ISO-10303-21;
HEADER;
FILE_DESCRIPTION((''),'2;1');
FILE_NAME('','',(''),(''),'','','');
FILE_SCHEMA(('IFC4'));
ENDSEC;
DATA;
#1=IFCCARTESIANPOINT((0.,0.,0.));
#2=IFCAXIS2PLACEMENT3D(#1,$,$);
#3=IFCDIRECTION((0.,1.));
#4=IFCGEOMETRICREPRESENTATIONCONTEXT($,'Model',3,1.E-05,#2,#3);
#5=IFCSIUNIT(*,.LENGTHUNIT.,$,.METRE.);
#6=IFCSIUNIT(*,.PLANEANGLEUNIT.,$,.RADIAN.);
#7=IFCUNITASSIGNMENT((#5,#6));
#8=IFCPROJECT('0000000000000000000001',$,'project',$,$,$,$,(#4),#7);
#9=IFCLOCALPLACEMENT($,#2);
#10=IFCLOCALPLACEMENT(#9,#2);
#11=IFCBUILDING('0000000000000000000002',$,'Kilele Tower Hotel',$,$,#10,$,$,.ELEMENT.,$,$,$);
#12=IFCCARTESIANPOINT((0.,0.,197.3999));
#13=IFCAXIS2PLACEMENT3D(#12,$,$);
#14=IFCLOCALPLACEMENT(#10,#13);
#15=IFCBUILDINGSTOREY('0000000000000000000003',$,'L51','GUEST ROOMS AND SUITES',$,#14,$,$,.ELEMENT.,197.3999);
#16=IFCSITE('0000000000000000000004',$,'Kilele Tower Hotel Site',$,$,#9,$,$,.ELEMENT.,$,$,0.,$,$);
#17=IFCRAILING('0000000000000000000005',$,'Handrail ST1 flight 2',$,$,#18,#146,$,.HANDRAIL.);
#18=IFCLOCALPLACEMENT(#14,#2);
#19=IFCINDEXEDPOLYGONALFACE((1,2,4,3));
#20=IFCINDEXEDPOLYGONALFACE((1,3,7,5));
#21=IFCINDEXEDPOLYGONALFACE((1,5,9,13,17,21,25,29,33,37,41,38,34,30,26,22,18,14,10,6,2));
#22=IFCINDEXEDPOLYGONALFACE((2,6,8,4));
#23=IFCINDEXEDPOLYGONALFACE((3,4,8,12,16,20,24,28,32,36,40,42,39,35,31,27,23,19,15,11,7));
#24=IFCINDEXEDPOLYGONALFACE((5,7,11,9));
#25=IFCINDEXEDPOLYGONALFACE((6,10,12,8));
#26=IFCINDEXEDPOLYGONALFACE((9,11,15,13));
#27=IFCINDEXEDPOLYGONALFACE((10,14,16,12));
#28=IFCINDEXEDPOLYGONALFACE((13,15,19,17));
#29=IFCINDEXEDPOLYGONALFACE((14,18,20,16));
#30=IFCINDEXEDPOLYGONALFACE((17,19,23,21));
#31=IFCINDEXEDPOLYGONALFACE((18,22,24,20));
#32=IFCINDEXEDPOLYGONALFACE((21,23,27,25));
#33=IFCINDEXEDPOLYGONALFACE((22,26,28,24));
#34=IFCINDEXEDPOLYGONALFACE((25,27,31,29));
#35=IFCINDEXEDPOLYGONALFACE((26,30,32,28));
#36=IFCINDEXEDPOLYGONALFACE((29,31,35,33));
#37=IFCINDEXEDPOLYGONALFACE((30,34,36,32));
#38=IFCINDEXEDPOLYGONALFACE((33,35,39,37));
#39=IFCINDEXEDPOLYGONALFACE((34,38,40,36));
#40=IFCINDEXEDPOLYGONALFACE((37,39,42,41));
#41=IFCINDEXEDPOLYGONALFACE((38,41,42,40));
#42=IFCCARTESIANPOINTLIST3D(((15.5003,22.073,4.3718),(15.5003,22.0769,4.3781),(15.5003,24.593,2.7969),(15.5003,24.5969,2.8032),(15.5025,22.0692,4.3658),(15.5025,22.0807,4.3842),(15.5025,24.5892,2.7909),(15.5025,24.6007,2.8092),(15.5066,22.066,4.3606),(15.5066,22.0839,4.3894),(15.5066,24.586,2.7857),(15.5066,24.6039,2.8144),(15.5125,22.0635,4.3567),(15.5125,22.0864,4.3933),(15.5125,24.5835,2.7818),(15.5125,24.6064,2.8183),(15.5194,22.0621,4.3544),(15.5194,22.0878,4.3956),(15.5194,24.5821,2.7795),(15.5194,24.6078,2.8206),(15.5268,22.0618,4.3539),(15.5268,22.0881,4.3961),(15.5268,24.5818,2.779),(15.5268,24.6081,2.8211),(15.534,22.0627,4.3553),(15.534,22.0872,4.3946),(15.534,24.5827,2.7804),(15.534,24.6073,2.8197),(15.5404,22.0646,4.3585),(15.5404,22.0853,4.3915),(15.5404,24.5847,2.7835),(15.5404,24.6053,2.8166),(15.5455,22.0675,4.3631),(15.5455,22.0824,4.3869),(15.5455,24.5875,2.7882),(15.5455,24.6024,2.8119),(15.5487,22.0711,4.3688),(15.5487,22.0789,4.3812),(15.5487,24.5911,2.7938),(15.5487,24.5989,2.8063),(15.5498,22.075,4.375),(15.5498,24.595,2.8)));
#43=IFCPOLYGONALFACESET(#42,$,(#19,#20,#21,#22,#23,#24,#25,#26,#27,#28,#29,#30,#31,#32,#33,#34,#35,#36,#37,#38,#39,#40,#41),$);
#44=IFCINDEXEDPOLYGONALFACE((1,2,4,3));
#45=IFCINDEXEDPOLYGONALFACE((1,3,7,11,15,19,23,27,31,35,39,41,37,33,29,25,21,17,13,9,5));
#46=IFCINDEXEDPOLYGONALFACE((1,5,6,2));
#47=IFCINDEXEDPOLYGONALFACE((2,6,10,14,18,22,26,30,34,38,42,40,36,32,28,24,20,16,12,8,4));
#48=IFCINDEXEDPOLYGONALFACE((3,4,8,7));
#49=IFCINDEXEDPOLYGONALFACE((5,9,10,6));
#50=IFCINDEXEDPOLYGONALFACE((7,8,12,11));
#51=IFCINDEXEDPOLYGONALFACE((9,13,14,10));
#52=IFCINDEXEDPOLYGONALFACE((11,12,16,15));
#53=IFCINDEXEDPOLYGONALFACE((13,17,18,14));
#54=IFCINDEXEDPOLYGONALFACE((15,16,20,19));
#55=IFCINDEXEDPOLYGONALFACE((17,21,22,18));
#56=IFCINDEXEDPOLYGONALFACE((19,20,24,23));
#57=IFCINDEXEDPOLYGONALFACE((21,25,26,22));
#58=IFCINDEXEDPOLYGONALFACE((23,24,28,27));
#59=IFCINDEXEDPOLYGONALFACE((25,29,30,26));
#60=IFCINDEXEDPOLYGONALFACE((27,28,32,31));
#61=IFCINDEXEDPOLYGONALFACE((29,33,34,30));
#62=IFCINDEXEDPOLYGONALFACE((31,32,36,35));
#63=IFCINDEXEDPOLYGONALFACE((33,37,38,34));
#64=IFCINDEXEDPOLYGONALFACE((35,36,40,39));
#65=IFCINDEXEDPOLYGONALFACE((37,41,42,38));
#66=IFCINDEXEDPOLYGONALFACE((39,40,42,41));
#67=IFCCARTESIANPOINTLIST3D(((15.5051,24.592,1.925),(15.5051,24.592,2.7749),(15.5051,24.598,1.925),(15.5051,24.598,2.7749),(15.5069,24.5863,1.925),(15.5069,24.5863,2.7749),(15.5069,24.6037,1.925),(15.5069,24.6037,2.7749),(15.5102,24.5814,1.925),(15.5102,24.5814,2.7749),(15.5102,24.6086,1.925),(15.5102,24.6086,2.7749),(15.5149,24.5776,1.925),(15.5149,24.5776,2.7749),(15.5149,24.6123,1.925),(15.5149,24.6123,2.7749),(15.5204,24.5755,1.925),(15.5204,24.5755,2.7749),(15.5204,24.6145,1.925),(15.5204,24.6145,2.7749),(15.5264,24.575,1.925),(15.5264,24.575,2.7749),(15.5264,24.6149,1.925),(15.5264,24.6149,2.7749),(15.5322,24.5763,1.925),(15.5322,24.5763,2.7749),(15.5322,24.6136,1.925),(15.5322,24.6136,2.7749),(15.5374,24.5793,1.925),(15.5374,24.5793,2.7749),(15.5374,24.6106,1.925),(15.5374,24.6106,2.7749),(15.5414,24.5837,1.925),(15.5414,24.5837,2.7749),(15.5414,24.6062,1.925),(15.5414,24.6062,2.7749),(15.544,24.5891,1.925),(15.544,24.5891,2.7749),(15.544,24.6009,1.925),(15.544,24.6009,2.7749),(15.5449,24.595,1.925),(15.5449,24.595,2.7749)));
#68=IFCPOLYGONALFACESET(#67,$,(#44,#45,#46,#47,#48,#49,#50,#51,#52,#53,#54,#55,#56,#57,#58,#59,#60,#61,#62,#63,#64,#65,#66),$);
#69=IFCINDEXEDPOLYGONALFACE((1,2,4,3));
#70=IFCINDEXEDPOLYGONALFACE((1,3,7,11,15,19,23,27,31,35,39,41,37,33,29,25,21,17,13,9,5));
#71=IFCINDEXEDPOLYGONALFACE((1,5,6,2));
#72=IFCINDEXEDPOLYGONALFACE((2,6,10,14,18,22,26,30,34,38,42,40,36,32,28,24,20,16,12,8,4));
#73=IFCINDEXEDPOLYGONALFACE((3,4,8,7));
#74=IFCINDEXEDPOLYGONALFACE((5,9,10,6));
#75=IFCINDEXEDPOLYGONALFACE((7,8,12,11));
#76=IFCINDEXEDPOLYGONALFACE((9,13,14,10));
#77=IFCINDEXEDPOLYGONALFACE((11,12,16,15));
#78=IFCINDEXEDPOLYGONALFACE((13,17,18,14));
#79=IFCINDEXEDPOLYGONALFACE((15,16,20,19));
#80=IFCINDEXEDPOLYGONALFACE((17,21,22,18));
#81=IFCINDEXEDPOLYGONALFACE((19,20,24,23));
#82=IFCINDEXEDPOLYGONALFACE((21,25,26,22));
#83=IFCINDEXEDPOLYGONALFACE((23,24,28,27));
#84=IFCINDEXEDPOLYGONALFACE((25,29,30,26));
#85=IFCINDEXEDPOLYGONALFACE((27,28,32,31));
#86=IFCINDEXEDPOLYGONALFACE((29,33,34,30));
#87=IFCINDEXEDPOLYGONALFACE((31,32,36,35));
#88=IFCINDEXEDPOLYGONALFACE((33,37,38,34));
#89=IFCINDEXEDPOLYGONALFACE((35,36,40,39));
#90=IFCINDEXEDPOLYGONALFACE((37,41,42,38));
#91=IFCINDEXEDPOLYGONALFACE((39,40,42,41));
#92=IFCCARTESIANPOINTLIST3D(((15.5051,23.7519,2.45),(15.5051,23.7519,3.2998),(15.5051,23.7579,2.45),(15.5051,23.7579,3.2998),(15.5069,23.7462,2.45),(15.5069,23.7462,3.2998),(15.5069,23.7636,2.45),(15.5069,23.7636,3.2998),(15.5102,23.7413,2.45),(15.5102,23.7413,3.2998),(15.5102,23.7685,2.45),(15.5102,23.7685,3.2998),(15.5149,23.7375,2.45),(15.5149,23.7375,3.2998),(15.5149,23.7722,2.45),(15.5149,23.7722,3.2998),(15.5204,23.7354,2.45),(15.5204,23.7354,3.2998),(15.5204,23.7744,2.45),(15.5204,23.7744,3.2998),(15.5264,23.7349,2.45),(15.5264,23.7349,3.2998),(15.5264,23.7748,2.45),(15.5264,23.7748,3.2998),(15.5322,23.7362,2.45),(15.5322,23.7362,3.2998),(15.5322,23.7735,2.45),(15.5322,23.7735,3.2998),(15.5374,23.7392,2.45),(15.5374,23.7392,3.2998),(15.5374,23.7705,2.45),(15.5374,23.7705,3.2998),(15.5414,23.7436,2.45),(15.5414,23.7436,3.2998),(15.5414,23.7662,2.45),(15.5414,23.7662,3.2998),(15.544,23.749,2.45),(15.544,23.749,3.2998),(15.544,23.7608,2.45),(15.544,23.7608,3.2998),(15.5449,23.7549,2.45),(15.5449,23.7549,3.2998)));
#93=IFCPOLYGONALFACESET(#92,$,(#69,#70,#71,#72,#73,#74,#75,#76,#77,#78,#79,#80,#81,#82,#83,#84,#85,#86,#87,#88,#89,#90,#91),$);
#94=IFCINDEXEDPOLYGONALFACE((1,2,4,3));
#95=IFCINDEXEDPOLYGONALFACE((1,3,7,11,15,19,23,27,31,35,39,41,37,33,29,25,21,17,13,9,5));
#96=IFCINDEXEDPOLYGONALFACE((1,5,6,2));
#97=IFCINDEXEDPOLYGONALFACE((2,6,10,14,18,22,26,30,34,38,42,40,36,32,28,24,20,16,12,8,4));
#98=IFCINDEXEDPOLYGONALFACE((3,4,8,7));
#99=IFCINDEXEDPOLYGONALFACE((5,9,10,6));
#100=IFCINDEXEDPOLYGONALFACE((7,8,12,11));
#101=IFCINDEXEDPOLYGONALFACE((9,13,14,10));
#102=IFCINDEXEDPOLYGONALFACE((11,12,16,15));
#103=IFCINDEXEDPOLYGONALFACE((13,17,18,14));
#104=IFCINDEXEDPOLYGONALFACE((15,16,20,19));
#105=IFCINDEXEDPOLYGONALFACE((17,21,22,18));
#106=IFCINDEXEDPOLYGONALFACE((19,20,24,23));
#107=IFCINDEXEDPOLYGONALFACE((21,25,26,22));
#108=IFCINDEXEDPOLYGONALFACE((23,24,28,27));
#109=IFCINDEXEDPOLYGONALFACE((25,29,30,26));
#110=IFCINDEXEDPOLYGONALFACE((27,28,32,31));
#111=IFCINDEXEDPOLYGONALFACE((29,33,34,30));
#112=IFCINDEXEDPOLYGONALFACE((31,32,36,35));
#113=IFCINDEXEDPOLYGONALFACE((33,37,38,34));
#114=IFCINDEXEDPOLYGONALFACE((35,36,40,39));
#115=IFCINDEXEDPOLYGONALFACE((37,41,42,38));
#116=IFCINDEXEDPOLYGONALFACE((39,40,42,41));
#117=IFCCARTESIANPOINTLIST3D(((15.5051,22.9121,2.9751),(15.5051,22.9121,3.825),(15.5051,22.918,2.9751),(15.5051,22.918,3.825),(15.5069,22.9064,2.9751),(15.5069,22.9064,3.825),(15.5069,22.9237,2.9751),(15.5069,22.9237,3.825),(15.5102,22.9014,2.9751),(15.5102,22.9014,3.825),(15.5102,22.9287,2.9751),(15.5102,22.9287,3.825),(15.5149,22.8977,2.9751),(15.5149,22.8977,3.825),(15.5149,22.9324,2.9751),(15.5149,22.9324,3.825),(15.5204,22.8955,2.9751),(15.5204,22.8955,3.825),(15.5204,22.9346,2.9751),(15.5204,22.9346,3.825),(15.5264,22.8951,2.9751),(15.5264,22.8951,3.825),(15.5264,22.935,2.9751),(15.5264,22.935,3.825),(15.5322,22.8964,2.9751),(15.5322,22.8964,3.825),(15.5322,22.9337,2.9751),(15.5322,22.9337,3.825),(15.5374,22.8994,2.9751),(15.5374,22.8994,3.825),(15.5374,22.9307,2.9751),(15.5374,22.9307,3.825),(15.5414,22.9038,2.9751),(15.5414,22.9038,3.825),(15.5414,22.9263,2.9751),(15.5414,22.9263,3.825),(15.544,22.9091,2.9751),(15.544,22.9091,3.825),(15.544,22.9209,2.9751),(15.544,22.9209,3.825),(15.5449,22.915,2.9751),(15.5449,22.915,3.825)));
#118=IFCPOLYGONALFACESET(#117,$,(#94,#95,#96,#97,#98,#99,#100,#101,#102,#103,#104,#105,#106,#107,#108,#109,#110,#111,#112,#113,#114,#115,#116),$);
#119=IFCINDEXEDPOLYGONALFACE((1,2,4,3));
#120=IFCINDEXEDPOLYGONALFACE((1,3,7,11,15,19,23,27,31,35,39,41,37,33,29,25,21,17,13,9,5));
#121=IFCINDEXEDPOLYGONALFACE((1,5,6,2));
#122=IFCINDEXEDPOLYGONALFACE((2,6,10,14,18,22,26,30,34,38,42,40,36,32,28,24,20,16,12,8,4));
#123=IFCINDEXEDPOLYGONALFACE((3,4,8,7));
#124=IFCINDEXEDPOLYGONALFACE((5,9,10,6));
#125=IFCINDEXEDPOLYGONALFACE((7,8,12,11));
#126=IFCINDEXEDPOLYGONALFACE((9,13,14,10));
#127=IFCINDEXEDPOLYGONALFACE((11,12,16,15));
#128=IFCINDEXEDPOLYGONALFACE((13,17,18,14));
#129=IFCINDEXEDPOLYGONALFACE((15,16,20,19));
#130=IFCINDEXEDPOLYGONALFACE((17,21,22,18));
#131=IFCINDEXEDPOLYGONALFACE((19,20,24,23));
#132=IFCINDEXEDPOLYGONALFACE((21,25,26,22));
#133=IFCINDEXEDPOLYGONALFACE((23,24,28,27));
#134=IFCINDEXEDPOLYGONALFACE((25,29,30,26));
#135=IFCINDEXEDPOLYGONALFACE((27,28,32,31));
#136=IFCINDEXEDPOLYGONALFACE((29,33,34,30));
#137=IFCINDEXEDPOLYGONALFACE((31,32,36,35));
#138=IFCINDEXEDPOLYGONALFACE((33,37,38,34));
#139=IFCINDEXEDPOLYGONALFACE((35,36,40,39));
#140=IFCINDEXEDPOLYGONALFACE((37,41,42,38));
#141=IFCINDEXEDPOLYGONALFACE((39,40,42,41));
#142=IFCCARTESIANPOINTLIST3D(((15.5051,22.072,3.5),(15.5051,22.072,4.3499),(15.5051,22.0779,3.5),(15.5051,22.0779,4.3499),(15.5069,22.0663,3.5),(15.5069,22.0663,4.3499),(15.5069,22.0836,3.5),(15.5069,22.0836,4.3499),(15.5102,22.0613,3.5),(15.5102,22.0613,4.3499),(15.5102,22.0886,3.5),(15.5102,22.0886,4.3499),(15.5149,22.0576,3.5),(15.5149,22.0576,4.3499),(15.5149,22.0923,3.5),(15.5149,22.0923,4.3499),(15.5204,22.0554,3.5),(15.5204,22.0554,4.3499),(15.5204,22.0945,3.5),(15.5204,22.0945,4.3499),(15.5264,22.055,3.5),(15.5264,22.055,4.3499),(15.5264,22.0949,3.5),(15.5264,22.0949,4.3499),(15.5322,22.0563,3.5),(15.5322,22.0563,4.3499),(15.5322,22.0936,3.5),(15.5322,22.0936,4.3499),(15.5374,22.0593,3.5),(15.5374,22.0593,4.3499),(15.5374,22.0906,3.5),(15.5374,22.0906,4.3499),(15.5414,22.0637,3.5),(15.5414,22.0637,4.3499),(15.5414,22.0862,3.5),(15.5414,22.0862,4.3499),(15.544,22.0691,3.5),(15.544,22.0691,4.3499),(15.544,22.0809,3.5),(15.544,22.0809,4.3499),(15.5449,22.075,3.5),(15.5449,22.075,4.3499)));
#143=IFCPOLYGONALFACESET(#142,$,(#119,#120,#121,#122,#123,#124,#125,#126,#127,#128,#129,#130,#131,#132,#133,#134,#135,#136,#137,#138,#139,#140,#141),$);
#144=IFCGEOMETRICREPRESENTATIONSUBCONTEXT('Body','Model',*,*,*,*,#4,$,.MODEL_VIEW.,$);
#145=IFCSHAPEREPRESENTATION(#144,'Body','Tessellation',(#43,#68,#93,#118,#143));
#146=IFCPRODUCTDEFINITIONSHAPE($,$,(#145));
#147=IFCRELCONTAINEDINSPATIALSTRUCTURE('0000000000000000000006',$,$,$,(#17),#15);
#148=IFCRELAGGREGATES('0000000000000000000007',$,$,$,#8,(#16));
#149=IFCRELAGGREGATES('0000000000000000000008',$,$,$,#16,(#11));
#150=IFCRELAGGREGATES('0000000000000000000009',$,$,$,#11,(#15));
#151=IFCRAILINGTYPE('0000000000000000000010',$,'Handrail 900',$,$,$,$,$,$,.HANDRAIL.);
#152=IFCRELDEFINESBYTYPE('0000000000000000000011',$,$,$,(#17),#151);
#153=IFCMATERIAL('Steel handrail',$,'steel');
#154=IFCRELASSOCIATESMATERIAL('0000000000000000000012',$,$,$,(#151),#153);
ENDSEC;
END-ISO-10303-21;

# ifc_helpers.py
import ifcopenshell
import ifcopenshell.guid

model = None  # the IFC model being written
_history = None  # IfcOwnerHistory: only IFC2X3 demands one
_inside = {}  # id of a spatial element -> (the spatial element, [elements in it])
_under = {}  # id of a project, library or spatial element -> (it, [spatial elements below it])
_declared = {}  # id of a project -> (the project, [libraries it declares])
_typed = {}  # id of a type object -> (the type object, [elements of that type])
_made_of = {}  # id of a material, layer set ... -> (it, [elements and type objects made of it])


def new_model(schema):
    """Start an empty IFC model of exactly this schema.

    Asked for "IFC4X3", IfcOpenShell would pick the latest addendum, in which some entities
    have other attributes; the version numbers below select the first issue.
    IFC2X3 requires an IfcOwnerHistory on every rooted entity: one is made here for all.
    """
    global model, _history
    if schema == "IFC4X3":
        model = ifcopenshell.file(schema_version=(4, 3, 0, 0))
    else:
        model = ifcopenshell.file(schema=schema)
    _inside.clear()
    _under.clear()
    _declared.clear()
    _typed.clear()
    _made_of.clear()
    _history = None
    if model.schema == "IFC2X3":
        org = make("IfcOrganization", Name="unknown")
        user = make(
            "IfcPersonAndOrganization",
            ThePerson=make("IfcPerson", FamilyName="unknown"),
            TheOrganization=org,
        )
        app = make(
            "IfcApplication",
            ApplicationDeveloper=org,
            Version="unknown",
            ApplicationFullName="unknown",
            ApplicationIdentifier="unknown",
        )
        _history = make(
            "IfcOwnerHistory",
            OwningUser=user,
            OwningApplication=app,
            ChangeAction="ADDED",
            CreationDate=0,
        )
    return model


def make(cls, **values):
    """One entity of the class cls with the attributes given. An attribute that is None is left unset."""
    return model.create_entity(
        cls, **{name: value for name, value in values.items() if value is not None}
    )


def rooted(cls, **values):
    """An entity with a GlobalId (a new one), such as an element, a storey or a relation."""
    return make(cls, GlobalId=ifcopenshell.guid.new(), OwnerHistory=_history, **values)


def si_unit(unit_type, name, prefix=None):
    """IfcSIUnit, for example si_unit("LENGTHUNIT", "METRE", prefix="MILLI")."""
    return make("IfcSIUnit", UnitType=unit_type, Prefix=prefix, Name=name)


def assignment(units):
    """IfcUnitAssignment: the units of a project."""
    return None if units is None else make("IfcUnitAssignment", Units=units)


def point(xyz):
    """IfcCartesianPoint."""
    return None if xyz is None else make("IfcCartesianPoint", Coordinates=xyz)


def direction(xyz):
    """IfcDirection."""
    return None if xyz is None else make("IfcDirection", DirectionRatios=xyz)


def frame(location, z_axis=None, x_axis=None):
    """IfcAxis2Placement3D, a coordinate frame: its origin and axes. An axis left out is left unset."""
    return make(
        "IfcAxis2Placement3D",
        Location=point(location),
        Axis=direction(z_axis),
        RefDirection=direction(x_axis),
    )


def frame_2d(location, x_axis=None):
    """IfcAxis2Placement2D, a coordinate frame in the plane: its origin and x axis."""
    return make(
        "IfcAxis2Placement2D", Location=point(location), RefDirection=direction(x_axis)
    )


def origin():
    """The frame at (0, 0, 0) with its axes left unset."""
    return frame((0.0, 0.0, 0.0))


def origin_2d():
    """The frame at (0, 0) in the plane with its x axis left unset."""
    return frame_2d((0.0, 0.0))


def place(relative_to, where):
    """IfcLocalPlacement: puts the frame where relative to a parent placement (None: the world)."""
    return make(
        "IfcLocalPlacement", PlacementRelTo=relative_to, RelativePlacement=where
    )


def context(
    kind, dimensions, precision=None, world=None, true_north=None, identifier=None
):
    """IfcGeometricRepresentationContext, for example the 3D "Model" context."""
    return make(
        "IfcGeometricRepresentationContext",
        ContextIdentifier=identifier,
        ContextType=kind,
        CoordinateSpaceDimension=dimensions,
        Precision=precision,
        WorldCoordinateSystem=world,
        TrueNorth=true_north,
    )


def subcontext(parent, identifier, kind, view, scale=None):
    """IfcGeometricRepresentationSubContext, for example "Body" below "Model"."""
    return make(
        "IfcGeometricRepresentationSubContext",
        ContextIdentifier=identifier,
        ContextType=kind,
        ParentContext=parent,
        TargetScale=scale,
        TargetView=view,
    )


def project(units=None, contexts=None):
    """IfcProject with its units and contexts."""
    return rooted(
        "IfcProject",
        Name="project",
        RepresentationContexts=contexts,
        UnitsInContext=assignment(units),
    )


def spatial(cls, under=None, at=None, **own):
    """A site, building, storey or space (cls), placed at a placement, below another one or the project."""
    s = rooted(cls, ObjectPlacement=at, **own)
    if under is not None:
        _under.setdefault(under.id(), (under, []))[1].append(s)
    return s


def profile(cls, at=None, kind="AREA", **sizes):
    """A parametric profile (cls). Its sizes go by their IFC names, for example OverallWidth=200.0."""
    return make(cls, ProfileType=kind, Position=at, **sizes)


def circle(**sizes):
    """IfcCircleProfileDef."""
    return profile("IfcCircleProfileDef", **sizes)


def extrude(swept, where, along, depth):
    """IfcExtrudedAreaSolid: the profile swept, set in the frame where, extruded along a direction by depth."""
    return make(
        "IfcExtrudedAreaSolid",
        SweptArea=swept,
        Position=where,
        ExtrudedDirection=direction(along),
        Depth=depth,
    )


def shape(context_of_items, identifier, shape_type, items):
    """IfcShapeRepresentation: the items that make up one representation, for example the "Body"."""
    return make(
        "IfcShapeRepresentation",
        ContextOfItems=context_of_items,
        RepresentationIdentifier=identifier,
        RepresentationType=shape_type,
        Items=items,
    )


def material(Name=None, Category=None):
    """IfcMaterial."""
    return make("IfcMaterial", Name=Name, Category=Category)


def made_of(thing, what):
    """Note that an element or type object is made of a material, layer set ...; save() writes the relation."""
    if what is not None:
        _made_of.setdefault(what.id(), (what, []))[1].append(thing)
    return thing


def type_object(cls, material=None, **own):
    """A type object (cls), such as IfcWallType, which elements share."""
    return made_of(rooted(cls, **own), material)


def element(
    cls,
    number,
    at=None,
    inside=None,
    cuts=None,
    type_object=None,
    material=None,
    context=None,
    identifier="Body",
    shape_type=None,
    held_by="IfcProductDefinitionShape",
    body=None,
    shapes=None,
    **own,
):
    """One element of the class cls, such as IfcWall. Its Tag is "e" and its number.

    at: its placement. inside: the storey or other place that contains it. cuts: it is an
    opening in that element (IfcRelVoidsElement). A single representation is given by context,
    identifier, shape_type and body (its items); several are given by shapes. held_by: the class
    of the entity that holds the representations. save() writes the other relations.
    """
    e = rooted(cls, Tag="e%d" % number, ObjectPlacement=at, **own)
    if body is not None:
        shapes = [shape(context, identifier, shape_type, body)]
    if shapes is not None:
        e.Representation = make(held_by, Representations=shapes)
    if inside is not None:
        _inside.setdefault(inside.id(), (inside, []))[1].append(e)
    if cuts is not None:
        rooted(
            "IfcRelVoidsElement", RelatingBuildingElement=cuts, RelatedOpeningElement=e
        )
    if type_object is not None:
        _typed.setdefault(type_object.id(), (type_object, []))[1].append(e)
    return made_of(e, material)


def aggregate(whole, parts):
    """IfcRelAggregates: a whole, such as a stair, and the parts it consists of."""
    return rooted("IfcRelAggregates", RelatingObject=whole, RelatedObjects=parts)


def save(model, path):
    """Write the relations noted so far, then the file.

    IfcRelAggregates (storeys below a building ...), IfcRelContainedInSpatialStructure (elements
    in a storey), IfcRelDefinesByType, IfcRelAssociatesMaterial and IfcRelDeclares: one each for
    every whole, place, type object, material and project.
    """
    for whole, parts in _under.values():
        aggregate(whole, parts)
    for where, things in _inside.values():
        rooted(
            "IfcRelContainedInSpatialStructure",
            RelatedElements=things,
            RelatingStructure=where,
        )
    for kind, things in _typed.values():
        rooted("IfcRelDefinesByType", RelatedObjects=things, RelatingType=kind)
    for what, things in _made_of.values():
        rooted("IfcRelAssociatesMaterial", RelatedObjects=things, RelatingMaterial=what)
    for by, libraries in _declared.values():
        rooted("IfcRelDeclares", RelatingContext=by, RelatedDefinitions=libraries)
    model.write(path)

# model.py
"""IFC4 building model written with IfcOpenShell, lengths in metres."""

from ifc_helpers import new_model, si_unit, direction, frame, origin, origin_2d, place, context, subcontext, project, spatial, circle, extrude, material, type_object, element, save


model = new_model("IFC4")

# Units and contexts
model_context = context("Model", 3, precision=1e-05, world=origin(), true_north=direction((0.0, 1.0)))
body_context = subcontext(model_context, "Body", "Model", "MODEL_VIEW")
ifc_project = project(units=[si_unit("LENGTHUNIT", "METRE"), si_unit("PLANEANGLEUNIT", "RADIAN")], contexts=[model_context])

# Site, building, storey
site_placement = place(None, origin())
site = spatial("IfcSite", under=ifc_project, at=site_placement, Name="Kilele Tower Hotel Site", CompositionType="ELEMENT", RefElevation=0.0)
building_placement = place(site_placement, origin())
building = spatial("IfcBuilding", under=site, at=building_placement, Name="Kilele Tower Hotel", CompositionType="ELEMENT")
storey_placement = place(building_placement, frame((0.0, 0.0, 197.3999)))
storey = spatial("IfcBuildingStorey", under=building, at=storey_placement, Name="L51", Description="GUEST ROOMS AND SUITES", CompositionType="ELEMENT", Elevation=197.3999)

# Railing
ifc_material_1 = material(Name="Steel handrail", Category="steel")
railing_type_1 = type_object("IfcRailingType", Name="Handrail 900", PredefinedType="HANDRAIL", material=ifc_material_1)
for number, where, name in (
    (1, (15.5249, 24.595, 1.925), "Handrail ST1 flight 2"),
):
    element("IfcRailing", number, at=place(storey_placement, frame(where)), inside=storey, type_object=railing_type_1, Name=name, PredefinedType="HANDRAIL", context=body_context, shape_type="SweptSolid", body=[
        extrude(circle(Radius=0.0249, at=origin_2d()), frame((0.0, 0.0, 0.875), z_axis=(0.0, -0.848008, 0.529984), x_axis=(1.0, 0.0, 0.0)), (0.0, 0.0, 1.0), 2.9717),
        extrude(circle(Radius=0.02, at=origin_2d()), origin(), (0.0, 0.0, 1.0), 0.8499),
        extrude(circle(Radius=0.02, at=origin_2d()), frame((0.0, -0.8401, 0.5249)), (0.0, 0.0, 1.0), 0.8499),
        extrude(circle(Radius=0.02, at=origin_2d()), frame((0.0, -1.6799, 1.05)), (0.0, 0.0, 1.0), 0.8499),
        extrude(circle(Radius=0.02, at=origin_2d()), frame((0.0, -2.52, 1.575)), (0.0, 0.0, 1.0), 0.8499),
    ])

save(model, "model.ifc")
